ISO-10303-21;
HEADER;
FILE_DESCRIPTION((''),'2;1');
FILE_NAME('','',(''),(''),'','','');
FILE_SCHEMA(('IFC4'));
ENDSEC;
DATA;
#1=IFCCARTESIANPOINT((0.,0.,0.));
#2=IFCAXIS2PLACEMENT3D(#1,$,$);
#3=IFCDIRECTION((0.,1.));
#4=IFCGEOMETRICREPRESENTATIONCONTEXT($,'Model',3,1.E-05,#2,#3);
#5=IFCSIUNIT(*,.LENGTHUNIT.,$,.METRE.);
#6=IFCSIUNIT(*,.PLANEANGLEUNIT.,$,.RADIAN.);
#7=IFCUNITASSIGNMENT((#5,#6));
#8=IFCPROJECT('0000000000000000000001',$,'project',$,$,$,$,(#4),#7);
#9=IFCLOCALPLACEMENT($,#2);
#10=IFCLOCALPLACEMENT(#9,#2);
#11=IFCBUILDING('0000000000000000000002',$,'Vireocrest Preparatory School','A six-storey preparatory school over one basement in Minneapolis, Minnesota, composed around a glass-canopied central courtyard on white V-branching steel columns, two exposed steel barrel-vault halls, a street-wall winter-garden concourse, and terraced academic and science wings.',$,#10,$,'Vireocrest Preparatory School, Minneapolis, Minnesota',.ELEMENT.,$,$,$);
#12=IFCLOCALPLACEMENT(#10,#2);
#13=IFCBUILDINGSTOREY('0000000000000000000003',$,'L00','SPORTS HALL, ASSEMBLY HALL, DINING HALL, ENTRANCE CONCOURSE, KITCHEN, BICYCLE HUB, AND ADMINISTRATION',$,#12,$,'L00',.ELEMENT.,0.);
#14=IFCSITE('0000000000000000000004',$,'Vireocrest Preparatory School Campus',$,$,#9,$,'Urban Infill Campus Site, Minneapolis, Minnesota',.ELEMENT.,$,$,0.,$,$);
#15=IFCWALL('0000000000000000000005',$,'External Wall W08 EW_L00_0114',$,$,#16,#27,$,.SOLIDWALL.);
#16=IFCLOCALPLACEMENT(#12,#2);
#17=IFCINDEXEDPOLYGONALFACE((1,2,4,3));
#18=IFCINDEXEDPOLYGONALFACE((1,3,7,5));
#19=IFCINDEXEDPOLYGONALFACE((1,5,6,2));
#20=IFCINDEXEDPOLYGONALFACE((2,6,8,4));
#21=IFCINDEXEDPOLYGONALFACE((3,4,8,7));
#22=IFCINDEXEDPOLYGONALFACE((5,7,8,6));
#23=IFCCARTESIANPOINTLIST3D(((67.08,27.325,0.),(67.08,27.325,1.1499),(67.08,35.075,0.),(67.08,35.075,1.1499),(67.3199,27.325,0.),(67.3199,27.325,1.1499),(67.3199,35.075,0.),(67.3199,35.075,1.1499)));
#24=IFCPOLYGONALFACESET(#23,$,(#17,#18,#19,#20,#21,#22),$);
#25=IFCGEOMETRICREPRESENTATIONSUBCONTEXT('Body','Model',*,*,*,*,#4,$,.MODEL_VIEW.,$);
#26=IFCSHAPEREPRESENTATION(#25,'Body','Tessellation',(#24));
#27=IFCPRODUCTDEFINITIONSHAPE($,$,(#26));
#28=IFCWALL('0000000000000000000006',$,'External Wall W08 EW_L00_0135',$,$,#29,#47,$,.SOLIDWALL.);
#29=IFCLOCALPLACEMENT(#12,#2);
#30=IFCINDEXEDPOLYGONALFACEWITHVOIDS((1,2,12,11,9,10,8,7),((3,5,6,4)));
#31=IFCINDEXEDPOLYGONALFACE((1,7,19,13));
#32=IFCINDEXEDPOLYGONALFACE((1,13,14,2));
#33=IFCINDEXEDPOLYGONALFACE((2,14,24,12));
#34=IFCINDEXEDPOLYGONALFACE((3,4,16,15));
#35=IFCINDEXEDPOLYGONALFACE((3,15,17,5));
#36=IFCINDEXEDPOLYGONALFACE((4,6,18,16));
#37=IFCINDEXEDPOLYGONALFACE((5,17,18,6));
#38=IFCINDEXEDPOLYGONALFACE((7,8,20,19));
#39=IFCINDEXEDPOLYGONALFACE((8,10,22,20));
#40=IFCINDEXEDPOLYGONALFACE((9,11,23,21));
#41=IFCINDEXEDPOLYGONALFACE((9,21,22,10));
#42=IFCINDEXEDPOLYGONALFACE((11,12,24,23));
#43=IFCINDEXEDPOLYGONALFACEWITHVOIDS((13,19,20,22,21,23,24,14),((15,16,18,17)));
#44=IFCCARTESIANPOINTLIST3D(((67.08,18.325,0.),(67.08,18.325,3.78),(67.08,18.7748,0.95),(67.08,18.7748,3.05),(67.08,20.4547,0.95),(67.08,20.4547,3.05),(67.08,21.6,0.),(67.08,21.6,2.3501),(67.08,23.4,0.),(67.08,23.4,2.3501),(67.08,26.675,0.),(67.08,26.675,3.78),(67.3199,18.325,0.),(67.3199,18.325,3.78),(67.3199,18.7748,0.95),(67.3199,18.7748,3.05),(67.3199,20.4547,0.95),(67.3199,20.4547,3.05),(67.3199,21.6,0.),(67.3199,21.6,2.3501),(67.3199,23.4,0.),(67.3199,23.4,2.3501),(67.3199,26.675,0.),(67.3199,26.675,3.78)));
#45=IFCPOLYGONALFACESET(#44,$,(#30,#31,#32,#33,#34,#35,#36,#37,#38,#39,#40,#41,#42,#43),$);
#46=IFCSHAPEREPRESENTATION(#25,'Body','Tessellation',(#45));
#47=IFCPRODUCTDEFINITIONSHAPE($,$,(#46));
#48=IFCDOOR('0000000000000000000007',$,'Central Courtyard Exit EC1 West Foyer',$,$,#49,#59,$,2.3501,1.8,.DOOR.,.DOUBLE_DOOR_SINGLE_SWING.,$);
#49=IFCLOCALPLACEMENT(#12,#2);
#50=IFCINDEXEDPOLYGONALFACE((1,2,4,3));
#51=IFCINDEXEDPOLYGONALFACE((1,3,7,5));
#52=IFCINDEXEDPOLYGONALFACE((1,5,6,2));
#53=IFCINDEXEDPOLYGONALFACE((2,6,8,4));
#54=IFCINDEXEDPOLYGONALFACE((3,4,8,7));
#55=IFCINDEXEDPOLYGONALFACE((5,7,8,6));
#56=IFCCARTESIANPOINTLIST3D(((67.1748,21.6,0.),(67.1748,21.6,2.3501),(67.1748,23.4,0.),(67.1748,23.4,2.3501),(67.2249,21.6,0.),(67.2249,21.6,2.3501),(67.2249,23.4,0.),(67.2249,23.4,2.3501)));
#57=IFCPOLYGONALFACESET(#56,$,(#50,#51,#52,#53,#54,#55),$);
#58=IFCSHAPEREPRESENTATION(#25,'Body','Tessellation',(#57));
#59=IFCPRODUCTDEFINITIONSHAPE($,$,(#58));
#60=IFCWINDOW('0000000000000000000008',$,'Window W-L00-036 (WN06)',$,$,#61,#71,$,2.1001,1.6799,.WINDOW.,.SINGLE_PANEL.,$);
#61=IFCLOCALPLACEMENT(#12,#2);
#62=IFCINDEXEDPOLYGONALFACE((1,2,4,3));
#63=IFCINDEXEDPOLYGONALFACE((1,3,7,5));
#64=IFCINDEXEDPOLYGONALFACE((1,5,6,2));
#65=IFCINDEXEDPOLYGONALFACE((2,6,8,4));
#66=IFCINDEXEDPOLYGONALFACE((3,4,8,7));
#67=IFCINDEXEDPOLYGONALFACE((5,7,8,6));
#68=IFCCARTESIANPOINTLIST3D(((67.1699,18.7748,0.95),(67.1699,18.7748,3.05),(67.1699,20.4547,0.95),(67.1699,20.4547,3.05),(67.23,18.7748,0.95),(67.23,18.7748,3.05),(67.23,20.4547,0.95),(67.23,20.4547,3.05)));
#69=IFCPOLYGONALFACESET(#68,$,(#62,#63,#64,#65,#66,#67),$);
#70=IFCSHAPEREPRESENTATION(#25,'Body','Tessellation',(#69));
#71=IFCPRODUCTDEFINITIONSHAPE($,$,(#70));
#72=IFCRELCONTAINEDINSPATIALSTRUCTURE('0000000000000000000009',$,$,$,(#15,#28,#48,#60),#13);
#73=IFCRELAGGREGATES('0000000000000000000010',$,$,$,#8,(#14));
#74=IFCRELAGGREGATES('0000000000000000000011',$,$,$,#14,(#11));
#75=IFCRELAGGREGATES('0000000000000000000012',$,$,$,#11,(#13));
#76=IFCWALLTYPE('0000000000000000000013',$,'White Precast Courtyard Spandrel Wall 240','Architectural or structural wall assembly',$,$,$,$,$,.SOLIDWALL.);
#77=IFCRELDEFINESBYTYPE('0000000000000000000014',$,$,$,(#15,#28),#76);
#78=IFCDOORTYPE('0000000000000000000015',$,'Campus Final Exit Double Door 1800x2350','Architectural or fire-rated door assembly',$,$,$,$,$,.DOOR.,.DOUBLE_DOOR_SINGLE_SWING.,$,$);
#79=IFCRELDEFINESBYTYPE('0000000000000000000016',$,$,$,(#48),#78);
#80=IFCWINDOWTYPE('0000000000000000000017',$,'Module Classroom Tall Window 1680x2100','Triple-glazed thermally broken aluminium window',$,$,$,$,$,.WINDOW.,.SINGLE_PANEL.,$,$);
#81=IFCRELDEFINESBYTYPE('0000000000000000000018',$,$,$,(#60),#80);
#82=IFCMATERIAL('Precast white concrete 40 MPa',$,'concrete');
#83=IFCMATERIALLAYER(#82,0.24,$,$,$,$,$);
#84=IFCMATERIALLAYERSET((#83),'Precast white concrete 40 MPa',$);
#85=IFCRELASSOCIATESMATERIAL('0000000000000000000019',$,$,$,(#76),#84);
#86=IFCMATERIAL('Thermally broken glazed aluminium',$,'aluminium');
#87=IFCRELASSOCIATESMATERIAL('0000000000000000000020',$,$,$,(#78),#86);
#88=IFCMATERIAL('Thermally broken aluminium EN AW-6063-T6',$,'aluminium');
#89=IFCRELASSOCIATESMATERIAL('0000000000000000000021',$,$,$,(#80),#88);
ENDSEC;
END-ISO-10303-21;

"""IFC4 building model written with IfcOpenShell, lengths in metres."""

from ifc_helpers import new_model, si_unit, direction, frame, frame_2d, origin, place, context, subcontext, project, spatial, rectangle, extrude, material, layer, layer_set, type_object, element, fill, save


model = new_model("IFC4")

# Units and contexts
model_context = context("Model", 3, precision=1e-05, world=origin(), true_north=direction((0.0, 1.0)))
body_context = subcontext(model_context, "Body", "Model", "MODEL_VIEW")
ifc_project = project(units=[si_unit("LENGTHUNIT", "METRE"), si_unit("PLANEANGLEUNIT", "RADIAN")], contexts=[model_context])

# Site, building, storey
site_placement = place(None, origin())
site = spatial("IfcSite", under=ifc_project, at=site_placement, Name="Vireocrest Preparatory School Campus", LongName="Urban Infill Campus Site, Minneapolis, Minnesota", CompositionType="ELEMENT", RefElevation=0.0)
building_placement = place(site_placement, origin())
building = spatial("IfcBuilding", under=site, at=building_placement, Name="Vireocrest Preparatory School", Description="A six-storey preparatory school over one basement in Minneapolis, Minnesota, composed around a glass-canopied central courtyard on white V-branching steel columns, two exposed steel barrel-vault halls, a street-wall winter-garden concourse, and terraced academic and science wings.", LongName="Vireocrest Preparatory School, Minneapolis, Minnesota", CompositionType="ELEMENT")
storey_placement = place(building_placement, origin())
storey = spatial("IfcBuildingStorey", under=building, at=storey_placement, Name="L00", Description="SPORTS HALL, ASSEMBLY HALL, DINING HALL, ENTRANCE CONCOURSE, KITCHEN, BICYCLE HUB, AND ADMINISTRATION", LongName="L00", CompositionType="ELEMENT", Elevation=0.0)

# Shared definitions
ifc_material_1 = material(Name="Thermally broken aluminium EN AW-6063-T6", Category="aluminium")

# Wall
ifc_material_2 = material(Name="Precast white concrete 40 MPa", Category="concrete")
ifc_layer_1 = layer(ifc_material_2, 0.24)
ifc_layer_set_1 = layer_set([ifc_layer_1], Name="Precast white concrete 40 MPa")
wall_type_1 = type_object("IfcWallType", Name="White Precast Courtyard Spandrel Wall 240", Description="Architectural or structural wall assembly", PredefinedType="SOLIDWALL", material=ifc_layer_set_1)
wall_1_placement = place(storey_placement, frame((67.2, 27.325, 0.0), z_axis=(0.0, 0.0, 1.0), x_axis=(0.0, 1.0, 0.0)))
element("IfcWall", 1, at=wall_1_placement, inside=storey, type_object=wall_type_1, Name="External Wall W08 EW_L00_0114", PredefinedType="SOLIDWALL", context=body_context, shape_type="SweptSolid", body=[
    extrude(rectangle(XDim=7.75, YDim=0.24, at=frame_2d((3.875, 0.0))), origin(), (0.0, 0.0, 1.0), 1.1499),
])

# Wall, openings, door, window
wall_2_placement = place(storey_placement, frame((67.2, 18.325, 0.0), z_axis=(0.0, 0.0, 1.0), x_axis=(0.0, 1.0, 0.0)))
wall_2 = element("IfcWall", 2, at=wall_2_placement, inside=storey, type_object=wall_type_1, Name="External Wall W08 EW_L00_0135", PredefinedType="SOLIDWALL", context=body_context, shape_type="SweptSolid", body=[
    extrude(rectangle(XDim=8.3501, YDim=0.24, at=frame_2d((4.175, 0.0))), origin(), (0.0, 0.0, 1.0), 3.78),
])
opening_1_placement = place(wall_2_placement, frame((5.075, 0.0, 0.0), z_axis=(0.0, 0.0, 1.0), x_axis=(-1.0, 0.0, 0.0)))
opening_1 = element("IfcOpeningElement", 3, at=opening_1_placement, cuts=wall_2, PredefinedType="OPENING", context=body_context, shape_type="SweptSolid", body=[
    extrude(rectangle(XDim=1.8, YDim=2.3501, at=frame_2d((0.8999, 1.175))), frame((0.0, 0.1299, 0.0), z_axis=(0.0, -1.0, 0.0), x_axis=(1.0, 0.0, 0.0)), (0.0, 0.0, 1.0), 0.26),
])
opening_2_placement = place(wall_2_placement, frame((0.45, 0.0, 0.95)))
opening_2 = element("IfcOpeningElement", 4, at=opening_2_placement, cuts=wall_2, PredefinedType="OPENING", context=body_context, shape_type="SweptSolid", body=[
    extrude(rectangle(XDim=1.6799, YDim=2.1001, at=frame_2d((0.8398, 1.05))), frame((0.0, 0.1299, 0.0), z_axis=(0.0, -1.0, 0.0), x_axis=(1.0, 0.0, 0.0)), (0.0, 0.0, 1.0), 0.26),
])
ifc_material_3 = material(Name="Thermally broken glazed aluminium", Category="aluminium")
door_type_1 = type_object("IfcDoorType", Name="Campus Final Exit Double Door 1800x2350", Description="Architectural or fire-rated door assembly", OperationType="DOUBLE_DOOR_SINGLE_SWING", PredefinedType="DOOR", material=ifc_material_3)
door_1_placement = place(opening_1_placement, origin())
door_1 = element("IfcDoor", 5, at=door_1_placement, inside=storey, type_object=door_type_1, Name="Central Courtyard Exit EC1 West Foyer", OperationType="DOUBLE_DOOR_SINGLE_SWING", OverallHeight=2.3501, OverallWidth=1.8, PredefinedType="DOOR", context=body_context, shape_type="SweptSolid", body=[
    extrude(rectangle(XDim=1.8, YDim=2.3501, at=frame_2d((0.8999, 1.175))), frame((0.0, 0.0249, 0.0), z_axis=(0.0, -1.0, 0.0), x_axis=(1.0, 0.0, 0.0)), (0.0, 0.0, 1.0), 0.05),
])
fill(opening_1, door_1)
window_type = type_object("IfcWindowType", Name="Module Classroom Tall Window 1680x2100", Description="Triple-glazed thermally broken aluminium window", PartitioningType="SINGLE_PANEL", PredefinedType="WINDOW", material=ifc_material_1)
window_placement = place(opening_2_placement, origin())
window = element("IfcWindow", 6, at=window_placement, inside=storey, type_object=window_type, Name="Window W-L00-036 (WN06)", OverallHeight=2.1001, OverallWidth=1.6799, PartitioningType="SINGLE_PANEL", PredefinedType="WINDOW", context=body_context, shape_type="SweptSolid", body=[
    extrude(rectangle(XDim=1.6799, YDim=2.1001, at=frame_2d((0.8398, 1.05))), frame((0.0, 0.03, 0.0), z_axis=(0.0, -1.0, 0.0), x_axis=(1.0, 0.0, 0.0)), (0.0, 0.0, 1.0), 0.0601),
])
fill(opening_2, window)

save(model, "model.ifc")
